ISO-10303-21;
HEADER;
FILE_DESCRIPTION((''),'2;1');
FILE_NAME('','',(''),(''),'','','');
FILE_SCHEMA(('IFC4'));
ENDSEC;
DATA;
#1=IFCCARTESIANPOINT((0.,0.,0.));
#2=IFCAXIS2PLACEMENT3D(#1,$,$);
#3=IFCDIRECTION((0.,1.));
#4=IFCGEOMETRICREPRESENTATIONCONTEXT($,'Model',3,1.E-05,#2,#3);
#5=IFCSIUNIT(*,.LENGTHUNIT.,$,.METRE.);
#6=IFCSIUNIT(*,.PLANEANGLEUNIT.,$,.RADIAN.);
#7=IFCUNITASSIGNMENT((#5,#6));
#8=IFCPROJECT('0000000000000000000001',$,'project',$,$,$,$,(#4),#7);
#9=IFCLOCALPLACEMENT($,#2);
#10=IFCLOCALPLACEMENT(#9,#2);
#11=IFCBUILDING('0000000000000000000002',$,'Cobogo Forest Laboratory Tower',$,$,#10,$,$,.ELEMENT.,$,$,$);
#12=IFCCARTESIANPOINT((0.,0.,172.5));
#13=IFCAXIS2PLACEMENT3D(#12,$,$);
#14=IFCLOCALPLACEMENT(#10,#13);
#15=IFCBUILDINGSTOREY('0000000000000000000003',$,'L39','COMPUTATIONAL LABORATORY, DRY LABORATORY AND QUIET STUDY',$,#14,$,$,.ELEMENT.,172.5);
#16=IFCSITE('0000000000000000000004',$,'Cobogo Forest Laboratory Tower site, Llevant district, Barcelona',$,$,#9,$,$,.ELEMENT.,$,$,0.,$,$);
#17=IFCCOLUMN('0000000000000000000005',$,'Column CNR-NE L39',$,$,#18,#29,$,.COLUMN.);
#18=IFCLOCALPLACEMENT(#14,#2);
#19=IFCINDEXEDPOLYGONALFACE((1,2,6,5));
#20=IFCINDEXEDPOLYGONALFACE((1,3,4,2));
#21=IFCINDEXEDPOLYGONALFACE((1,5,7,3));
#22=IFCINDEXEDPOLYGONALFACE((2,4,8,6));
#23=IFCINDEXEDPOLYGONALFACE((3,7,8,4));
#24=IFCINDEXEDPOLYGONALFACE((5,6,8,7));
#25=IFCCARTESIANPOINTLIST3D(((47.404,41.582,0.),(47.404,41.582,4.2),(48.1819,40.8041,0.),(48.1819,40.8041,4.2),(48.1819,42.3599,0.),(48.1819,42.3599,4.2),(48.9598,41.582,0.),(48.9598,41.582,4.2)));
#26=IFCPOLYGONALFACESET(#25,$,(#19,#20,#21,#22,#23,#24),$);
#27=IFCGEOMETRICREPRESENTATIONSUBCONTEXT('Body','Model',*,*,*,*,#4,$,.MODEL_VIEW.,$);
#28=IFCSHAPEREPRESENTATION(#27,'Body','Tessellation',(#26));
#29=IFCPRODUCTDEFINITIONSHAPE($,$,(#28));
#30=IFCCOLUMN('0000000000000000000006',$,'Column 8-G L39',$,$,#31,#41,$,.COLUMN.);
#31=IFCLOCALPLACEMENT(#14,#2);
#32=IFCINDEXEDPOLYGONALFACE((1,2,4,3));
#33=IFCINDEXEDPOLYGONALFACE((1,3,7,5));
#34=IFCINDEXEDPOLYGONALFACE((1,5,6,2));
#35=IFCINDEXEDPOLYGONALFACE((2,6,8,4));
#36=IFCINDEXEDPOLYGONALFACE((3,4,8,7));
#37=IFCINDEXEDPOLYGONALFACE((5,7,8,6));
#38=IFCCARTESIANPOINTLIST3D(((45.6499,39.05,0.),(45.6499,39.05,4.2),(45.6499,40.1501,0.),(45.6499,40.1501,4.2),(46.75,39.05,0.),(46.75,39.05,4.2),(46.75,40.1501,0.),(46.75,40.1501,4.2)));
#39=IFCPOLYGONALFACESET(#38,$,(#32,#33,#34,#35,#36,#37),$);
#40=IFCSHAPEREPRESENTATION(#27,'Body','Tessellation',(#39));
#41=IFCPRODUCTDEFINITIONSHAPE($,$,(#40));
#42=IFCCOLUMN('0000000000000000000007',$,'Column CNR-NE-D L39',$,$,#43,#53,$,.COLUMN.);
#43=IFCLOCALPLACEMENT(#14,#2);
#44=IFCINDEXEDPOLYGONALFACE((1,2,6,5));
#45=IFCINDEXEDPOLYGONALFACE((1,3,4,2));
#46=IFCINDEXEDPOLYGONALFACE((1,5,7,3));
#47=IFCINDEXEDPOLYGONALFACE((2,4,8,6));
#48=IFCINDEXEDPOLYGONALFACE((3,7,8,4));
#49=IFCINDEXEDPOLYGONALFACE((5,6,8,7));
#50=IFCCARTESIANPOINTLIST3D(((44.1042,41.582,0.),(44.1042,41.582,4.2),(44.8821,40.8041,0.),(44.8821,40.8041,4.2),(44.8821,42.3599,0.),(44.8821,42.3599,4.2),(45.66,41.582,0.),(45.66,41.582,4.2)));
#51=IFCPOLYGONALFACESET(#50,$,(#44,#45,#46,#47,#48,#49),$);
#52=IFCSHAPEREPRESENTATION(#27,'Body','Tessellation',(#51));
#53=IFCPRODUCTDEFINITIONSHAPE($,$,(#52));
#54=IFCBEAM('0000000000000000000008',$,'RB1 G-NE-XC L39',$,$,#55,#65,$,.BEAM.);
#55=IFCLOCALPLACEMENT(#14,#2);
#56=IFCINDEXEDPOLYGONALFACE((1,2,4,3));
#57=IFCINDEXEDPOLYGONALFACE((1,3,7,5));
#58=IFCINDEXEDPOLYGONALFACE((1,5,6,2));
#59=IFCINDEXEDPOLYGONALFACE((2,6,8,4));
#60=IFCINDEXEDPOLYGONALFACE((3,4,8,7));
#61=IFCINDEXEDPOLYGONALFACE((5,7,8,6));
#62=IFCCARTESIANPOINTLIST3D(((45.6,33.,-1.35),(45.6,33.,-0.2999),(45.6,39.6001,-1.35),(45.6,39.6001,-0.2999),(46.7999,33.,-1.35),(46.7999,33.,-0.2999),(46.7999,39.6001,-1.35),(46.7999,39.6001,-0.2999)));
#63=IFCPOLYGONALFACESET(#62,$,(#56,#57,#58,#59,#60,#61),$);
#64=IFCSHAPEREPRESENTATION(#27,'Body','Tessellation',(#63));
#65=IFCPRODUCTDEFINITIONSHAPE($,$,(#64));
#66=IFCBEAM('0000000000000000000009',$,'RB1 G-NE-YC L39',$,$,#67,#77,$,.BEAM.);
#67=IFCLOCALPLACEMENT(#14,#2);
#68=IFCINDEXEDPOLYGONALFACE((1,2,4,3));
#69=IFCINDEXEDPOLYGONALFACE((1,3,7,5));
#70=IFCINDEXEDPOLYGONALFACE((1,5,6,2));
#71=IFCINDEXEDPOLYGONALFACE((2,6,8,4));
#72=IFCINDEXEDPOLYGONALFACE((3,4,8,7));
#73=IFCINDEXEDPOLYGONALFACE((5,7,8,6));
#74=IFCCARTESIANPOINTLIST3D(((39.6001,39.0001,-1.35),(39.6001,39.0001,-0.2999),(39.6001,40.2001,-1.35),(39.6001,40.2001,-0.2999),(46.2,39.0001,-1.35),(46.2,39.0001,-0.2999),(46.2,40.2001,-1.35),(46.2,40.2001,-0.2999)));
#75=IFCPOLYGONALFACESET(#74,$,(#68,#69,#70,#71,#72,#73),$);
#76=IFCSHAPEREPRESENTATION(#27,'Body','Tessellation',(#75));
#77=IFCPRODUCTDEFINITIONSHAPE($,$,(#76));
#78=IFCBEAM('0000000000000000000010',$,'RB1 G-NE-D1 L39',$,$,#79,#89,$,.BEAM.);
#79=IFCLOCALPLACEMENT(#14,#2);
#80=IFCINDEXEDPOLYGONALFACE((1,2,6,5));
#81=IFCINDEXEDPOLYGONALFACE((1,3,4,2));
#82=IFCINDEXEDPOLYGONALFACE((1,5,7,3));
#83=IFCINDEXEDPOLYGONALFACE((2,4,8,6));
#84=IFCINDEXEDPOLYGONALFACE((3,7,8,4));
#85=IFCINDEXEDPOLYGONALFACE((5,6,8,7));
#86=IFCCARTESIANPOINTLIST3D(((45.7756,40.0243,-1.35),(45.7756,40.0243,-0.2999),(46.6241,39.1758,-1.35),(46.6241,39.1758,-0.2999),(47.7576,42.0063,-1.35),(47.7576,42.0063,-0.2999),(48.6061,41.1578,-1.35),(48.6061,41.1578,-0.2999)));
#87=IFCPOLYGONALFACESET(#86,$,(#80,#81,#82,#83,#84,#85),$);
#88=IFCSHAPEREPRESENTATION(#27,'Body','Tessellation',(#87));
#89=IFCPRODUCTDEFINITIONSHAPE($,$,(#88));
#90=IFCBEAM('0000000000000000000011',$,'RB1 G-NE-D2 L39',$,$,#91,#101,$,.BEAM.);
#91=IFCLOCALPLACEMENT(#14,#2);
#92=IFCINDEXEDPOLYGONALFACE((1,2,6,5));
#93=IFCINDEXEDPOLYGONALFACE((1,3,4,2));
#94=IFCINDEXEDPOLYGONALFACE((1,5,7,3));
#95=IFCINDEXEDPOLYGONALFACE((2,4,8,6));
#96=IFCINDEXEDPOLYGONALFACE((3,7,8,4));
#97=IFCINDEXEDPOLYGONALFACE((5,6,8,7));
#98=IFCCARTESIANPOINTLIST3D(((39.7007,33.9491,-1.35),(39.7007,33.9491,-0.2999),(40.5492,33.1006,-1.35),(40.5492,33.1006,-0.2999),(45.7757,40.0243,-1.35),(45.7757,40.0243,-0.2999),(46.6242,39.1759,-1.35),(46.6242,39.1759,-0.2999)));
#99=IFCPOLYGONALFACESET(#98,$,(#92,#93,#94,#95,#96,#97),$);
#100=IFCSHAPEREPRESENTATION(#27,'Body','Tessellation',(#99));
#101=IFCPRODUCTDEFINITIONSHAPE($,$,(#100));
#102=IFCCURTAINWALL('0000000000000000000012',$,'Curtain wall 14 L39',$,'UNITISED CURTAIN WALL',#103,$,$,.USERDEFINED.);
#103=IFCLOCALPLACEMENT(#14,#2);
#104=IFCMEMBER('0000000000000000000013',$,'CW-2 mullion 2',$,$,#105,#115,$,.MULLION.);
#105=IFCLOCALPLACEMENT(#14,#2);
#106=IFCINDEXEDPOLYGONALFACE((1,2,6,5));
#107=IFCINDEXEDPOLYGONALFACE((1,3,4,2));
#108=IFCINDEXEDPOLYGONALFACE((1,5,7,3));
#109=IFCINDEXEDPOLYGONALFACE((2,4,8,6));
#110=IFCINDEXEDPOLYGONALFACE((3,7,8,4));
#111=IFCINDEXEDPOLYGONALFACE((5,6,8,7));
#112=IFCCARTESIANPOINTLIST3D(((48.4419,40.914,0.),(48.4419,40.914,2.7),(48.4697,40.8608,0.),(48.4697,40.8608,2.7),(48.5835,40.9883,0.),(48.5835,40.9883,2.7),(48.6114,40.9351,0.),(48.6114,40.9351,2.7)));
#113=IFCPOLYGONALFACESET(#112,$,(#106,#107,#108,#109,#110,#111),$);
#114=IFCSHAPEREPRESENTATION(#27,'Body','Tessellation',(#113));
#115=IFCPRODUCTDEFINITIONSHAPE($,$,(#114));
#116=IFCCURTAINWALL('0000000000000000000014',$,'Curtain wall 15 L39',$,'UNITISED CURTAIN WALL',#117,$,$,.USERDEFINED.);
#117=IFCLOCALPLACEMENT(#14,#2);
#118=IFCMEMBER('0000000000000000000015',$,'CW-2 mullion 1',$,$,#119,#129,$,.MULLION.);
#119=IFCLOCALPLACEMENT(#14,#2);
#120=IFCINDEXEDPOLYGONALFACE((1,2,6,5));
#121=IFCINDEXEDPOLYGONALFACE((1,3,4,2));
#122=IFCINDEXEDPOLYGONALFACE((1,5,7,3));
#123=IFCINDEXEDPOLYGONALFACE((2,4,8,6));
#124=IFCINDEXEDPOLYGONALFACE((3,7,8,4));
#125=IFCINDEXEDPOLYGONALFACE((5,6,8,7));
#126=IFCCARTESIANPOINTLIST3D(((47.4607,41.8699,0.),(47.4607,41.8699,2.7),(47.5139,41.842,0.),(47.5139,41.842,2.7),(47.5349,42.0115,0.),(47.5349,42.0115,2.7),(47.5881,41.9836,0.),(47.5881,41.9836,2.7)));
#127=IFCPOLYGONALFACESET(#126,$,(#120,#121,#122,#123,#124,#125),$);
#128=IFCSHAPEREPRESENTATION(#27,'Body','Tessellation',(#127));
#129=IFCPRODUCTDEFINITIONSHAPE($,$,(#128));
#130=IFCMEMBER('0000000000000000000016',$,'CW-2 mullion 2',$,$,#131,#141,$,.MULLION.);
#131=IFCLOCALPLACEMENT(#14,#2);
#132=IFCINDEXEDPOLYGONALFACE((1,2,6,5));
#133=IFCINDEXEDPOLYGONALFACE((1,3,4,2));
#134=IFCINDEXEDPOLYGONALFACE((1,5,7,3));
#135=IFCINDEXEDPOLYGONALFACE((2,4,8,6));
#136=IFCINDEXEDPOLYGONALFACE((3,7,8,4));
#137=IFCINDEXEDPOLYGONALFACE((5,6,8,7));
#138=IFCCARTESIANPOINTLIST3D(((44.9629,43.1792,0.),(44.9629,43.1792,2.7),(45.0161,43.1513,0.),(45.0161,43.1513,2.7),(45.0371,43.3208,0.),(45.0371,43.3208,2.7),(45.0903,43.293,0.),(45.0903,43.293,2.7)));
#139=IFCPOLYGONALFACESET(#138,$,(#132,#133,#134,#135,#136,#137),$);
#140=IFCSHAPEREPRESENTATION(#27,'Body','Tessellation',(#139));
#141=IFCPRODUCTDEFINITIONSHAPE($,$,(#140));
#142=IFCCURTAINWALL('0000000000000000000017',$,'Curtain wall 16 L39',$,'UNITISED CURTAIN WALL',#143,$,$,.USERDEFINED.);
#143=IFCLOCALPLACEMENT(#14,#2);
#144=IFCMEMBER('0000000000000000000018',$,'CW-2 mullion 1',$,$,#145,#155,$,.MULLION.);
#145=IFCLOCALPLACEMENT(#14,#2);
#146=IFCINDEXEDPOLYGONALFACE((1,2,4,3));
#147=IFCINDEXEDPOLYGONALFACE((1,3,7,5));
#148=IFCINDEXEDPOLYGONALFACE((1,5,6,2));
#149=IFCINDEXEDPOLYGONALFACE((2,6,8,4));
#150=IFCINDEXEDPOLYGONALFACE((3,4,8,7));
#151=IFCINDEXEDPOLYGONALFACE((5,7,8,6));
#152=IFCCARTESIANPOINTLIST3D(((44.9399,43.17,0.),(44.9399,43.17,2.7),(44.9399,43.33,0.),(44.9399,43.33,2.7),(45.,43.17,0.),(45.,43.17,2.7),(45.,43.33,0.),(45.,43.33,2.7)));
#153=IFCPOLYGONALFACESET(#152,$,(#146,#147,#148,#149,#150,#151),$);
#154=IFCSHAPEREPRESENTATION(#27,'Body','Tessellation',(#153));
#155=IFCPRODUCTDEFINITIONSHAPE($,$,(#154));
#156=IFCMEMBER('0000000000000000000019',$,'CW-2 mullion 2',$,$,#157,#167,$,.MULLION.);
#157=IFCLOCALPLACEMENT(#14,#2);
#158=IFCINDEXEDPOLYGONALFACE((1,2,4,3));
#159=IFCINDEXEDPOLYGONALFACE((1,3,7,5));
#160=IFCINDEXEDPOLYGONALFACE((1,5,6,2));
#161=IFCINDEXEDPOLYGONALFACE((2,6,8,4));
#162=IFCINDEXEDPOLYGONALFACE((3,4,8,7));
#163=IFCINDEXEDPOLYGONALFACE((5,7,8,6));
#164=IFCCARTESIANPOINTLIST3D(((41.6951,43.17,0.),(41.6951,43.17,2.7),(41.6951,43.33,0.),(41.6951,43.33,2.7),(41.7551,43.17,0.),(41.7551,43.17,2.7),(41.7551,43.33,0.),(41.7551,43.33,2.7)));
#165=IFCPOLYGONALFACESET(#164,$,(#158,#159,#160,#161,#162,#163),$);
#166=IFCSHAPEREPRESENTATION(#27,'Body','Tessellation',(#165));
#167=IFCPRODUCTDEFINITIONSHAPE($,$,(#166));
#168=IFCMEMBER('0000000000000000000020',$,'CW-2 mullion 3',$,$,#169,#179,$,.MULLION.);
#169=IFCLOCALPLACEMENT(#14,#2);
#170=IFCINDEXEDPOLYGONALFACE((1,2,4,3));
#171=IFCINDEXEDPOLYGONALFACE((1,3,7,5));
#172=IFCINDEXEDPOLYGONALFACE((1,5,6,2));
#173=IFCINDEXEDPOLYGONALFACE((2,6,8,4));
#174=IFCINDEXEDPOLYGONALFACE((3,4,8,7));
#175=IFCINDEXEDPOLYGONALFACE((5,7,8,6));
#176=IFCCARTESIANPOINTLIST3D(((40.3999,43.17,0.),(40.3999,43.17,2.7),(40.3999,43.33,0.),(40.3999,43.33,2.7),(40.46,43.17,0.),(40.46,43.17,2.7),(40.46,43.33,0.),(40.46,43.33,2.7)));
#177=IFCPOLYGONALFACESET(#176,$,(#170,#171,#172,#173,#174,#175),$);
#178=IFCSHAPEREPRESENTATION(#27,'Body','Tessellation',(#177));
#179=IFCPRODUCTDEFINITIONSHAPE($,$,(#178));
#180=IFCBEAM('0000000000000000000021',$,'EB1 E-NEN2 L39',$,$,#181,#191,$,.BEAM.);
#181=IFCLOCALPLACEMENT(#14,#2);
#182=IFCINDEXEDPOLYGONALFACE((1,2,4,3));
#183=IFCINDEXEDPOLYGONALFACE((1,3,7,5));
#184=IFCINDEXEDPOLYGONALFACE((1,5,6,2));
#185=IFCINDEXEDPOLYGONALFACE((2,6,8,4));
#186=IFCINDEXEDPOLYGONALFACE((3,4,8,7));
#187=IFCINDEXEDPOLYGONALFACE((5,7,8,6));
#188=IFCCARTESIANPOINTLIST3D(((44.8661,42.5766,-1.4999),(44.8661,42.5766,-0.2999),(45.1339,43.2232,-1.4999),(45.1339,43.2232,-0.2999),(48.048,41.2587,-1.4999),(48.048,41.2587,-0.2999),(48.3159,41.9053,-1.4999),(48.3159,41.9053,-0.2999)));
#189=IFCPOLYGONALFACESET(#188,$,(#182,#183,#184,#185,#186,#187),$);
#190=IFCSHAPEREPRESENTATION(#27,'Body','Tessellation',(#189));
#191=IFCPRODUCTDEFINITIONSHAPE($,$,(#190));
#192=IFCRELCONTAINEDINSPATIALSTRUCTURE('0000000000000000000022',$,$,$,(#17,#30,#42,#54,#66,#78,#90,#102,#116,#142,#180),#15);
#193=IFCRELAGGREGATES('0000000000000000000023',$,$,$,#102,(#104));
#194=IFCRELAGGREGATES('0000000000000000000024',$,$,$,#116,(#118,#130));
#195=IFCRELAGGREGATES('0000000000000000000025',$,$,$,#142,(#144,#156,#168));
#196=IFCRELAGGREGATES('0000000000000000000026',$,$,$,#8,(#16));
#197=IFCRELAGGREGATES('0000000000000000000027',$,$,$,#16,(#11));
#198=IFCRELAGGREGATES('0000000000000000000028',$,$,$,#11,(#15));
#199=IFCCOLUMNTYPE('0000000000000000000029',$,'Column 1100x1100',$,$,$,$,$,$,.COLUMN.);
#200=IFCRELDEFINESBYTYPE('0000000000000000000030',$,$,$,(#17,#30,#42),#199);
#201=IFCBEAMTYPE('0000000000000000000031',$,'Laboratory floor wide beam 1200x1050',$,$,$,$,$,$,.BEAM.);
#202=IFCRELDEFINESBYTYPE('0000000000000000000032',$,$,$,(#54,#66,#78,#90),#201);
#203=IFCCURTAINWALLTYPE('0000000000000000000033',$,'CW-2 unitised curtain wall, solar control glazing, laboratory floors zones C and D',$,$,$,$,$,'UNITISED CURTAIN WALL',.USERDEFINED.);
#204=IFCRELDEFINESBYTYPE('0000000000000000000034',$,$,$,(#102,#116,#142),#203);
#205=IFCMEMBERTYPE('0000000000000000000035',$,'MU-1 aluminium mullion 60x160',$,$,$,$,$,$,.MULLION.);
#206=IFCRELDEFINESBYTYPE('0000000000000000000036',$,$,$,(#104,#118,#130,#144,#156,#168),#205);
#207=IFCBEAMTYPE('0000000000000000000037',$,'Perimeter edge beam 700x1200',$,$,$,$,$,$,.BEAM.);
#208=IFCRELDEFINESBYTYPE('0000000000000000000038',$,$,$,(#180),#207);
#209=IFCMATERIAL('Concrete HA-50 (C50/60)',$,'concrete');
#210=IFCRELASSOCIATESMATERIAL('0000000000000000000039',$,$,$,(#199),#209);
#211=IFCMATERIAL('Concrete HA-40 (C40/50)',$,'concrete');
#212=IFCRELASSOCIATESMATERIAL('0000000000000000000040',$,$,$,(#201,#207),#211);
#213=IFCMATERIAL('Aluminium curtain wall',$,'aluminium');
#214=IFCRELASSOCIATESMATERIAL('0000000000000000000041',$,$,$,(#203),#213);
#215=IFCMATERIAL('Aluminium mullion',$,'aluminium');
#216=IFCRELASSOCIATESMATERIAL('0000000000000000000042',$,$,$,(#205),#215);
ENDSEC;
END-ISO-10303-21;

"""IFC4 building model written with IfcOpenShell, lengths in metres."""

from ifc_helpers import new_model, si_unit, direction, frame, origin, origin_2d, place, context, subcontext, project, spatial, rectangle, extrude, material, material_profile, profile_set, type_object, element, aggregate, save


model = new_model("IFC4")

# Units and contexts
model_context = context("Model", 3, precision=1e-05, world=origin(), true_north=direction((0.0, 1.0)))
body_context = subcontext(model_context, "Body", "Model", "MODEL_VIEW")
ifc_project = project(units=[si_unit("LENGTHUNIT", "METRE"), si_unit("PLANEANGLEUNIT", "RADIAN")], contexts=[model_context])

# Site, building, storey
site_placement = place(None, origin())
site = spatial("IfcSite", under=ifc_project, at=site_placement, Name="Cobogo Forest Laboratory Tower site, Llevant district, Barcelona", CompositionType="ELEMENT", RefElevation=0.0)
building_placement = place(site_placement, origin())
building = spatial("IfcBuilding", under=site, at=building_placement, Name="Cobogo Forest Laboratory Tower", CompositionType="ELEMENT")
storey_placement = place(building_placement, frame((0.0, 0.0, 172.5)))
storey = spatial("IfcBuildingStorey", under=building, at=storey_placement, Name="L39", Description="COMPUTATIONAL LABORATORY, DRY LABORATORY AND QUIET STUDY", CompositionType="ELEMENT", Elevation=172.5)

# Columns
ifc_material_1 = material(Name="Concrete HA-50 (C50/60)", Category="concrete")
ifc_material_profile_1 = material_profile(ifc_material_1, rectangle(XDim=1.1001, YDim=1.1001, at=origin_2d()), Name="RC 1100x1100")
ifc_profile_set_1 = profile_set([ifc_material_profile_1], Name="Concrete HA-50 (C50/60)")
column_type = type_object("IfcColumnType", Name="Column 1100x1100", PredefinedType="COLUMN", material=ifc_profile_set_1)
for number, where, z_axis, x_axis, name in (
    (1, (48.1819, 41.582, 0.0), (0.0, 0.0, 1.0), (0.707107, 0.707107, 0.0), "Column CNR-NE L39"),
    (2, (46.2, 39.6001, 0.0), (0.0, 0.0, 1.0), (1.0, 0.0, 0.0), "Column 8-G L39"),
    (3, (44.8821, 41.582, 0.0), (0.0, 0.0, 1.0), (0.707107, 0.707107, 0.0), "Column CNR-NE-D L39"),
):
    element("IfcColumn", number, at=place(storey_placement, frame(where, z_axis=z_axis, x_axis=x_axis)), inside=storey, type_object=column_type, Name=name, PredefinedType="COLUMN", context=body_context, shape_type="SweptSolid", body=[
        extrude(rectangle(XDim=1.1001, YDim=1.1001, at=origin_2d()), origin(), (0.0, 0.0, 1.0), 4.2),
    ])

# Beams
ifc_material_2 = material(Name="Concrete HA-40 (C40/50)", Category="concrete")
ifc_material_profile_2 = material_profile(ifc_material_2, rectangle(XDim=1.2, YDim=1.05, at=origin_2d()), Name="RC 1200x1050")
ifc_profile_set_2 = profile_set([ifc_material_profile_2], Name="Concrete HA-40 (C40/50)")
beam_type_1 = type_object("IfcBeamType", Name="Laboratory floor wide beam 1200x1050", PredefinedType="BEAM", material=ifc_profile_set_2)
beam_1_placement = place(storey_placement, frame((46.2, 39.6001, -0.825), z_axis=(0.0, -1.0, 0.0), x_axis=(1.0, 0.0, 0.0)))
element("IfcBeam", 4, at=beam_1_placement, inside=storey, type_object=beam_type_1, Name="RB1 G-NE-XC L39", PredefinedType="BEAM", context=body_context, shape_type="SweptSolid", body=[
    extrude(rectangle(XDim=1.2, YDim=1.05, at=origin_2d()), origin(), (0.0, 0.0, 1.0), 6.6001),
])
beam_2_placement = place(storey_placement, frame((46.2, 39.6001, -0.825), z_axis=(-1.0, 0.0, 0.0), x_axis=(0.0, -1.0, 0.0)))
element("IfcBeam", 5, at=beam_2_placement, inside=storey, type_object=beam_type_1, Name="RB1 G-NE-YC L39", PredefinedType="BEAM", context=body_context, shape_type="SweptSolid", body=[
    extrude(rectangle(XDim=1.2, YDim=1.05, at=origin_2d()), origin(), (0.0, 0.0, 1.0), 6.5999),
])
beam_3_placement = place(storey_placement, frame((48.1819, 41.582, -0.825), z_axis=(-0.707107, -0.707107, 0.0), x_axis=(0.707107, -0.707107, 0.0)))
element("IfcBeam", 6, at=beam_3_placement, inside=storey, type_object=beam_type_1, Name="RB1 G-NE-D1 L39", PredefinedType="BEAM", context=body_context, shape_type="SweptSolid", body=[
    extrude(rectangle(XDim=1.2, YDim=1.05, at=origin_2d()), origin(), (0.0, 0.0, 1.0), 2.803),
])
beam_4_placement = place(storey_placement, frame((46.2, 39.6001, -0.825), z_axis=(-0.707093, -0.707121, 0.0), x_axis=(0.707121, -0.707093, 0.0)))
element("IfcBeam", 7, at=beam_4_placement, inside=storey, type_object=beam_type_1, Name="RB1 G-NE-D2 L39", PredefinedType="BEAM", context=body_context, shape_type="SweptSolid", body=[
    extrude(rectangle(XDim=1.2, YDim=1.05, at=origin_2d()), origin(), (0.0, 0.0, 1.0), 8.5916),
])

# Curtain wall, member
ifc_material_3 = material(Name="Aluminium curtain wall", Category="aluminium")
curtain_wall_type = type_object("IfcCurtainWallType", Name="CW-2 unitised curtain wall, solar control glazing, laboratory floors zones C and D", ElementType="UNITISED CURTAIN WALL", PredefinedType="USERDEFINED", material=ifc_material_3)
curtain_wall_1_placement = place(storey_placement, origin())
curtain_wall_1 = element("IfcCurtainWall", 8, at=curtain_wall_1_placement, inside=storey, type_object=curtain_wall_type, Name="Curtain wall 14 L39", ObjectType="UNITISED CURTAIN WALL", PredefinedType="USERDEFINED")
ifc_material_4 = material(Name="Aluminium mullion", Category="aluminium")
ifc_material_profile_3 = material_profile(ifc_material_4, rectangle(XDim=0.0601, YDim=0.1599, at=origin_2d()), Name="AL 60x160")
ifc_profile_set_3 = profile_set([ifc_material_profile_3], Name="Aluminium mullion")
member_type_1 = type_object("IfcMemberType", Name="MU-1 aluminium mullion 60x160", PredefinedType="MULLION", material=ifc_profile_set_3)
member_1_placement = place(storey_placement, frame((48.5266, 40.9246, 0.0), z_axis=(0.0, 0.0, 1.0), x_axis=(-0.464284, 0.885686, 0.0)))
member_1 = element("IfcMember", 9, at=member_1_placement, type_object=member_type_1, Name="CW-2 mullion 2", PredefinedType="MULLION", context=body_context, shape_type="SweptSolid", body=[
    extrude(rectangle(XDim=0.0601, YDim=0.1599, at=origin_2d()), origin(), (0.0, 0.0, 1.0), 2.7),
])

# Curtain walls, members
curtain_wall_2_placement = place(storey_placement, origin())
curtain_wall_2 = element("IfcCurtainWall", 10, at=curtain_wall_2_placement, inside=storey, type_object=curtain_wall_type, Name="Curtain wall 15 L39", ObjectType="UNITISED CURTAIN WALL", PredefinedType="USERDEFINED")
member_2_placement = place(storey_placement, frame((47.5244, 41.9268, 0.0), z_axis=(0.0, 0.0, 1.0), x_axis=(-0.885686, 0.464284, 0.0)))
member_2 = element("IfcMember", 11, at=member_2_placement, type_object=member_type_1, Name="CW-2 mullion 1", PredefinedType="MULLION", context=body_context, shape_type="SweptSolid", body=[
    extrude(rectangle(XDim=0.0601, YDim=0.1599, at=origin_2d()), origin(), (0.0, 0.0, 1.0), 2.7),
])
member_3_placement = place(storey_placement, frame((45.0266, 43.2361, 0.0), z_axis=(0.0, 0.0, 1.0), x_axis=(-0.885686, 0.464284, 0.0)))
member_3 = element("IfcMember", 12, at=member_3_placement, type_object=member_type_1, Name="CW-2 mullion 2", PredefinedType="MULLION", context=body_context, shape_type="SweptSolid", body=[
    extrude(rectangle(XDim=0.0601, YDim=0.1599, at=origin_2d()), origin(), (0.0, 0.0, 1.0), 2.7),
])
curtain_wall_3_placement = place(storey_placement, origin())
curtain_wall_3 = element("IfcCurtainWall", 13, at=curtain_wall_3_placement, inside=storey, type_object=curtain_wall_type, Name="Curtain wall 16 L39", ObjectType="UNITISED CURTAIN WALL", PredefinedType="USERDEFINED")
member_4_placement = place(storey_placement, frame((44.97, 43.25, 0.0), z_axis=(0.0, 0.0, 1.0), x_axis=(-1.0, 0.0, 0.0)))
member_4 = element("IfcMember", 14, at=member_4_placement, type_object=member_type_1, Name="CW-2 mullion 1", PredefinedType="MULLION", context=body_context, shape_type="SweptSolid", body=[
    extrude(rectangle(XDim=0.0601, YDim=0.1599, at=origin_2d()), origin(), (0.0, 0.0, 1.0), 2.7),
])
member_5_placement = place(storey_placement, frame((41.7251, 43.25, 0.0), z_axis=(0.0, 0.0, 1.0), x_axis=(-1.0, 0.0, 0.0)))
member_5 = element("IfcMember", 15, at=member_5_placement, type_object=member_type_1, Name="CW-2 mullion 2", PredefinedType="MULLION", context=body_context, shape_type="SweptSolid", body=[
    extrude(rectangle(XDim=0.0601, YDim=0.1599, at=origin_2d()), origin(), (0.0, 0.0, 1.0), 2.7),
])
member_6_placement = place(storey_placement, frame((40.4299, 43.25, 0.0), z_axis=(0.0, 0.0, 1.0), x_axis=(-1.0, 0.0, 0.0)))
member_6 = element("IfcMember", 16, at=member_6_placement, type_object=member_type_1, Name="CW-2 mullion 3", PredefinedType="MULLION", context=body_context, shape_type="SweptSolid", body=[
    extrude(rectangle(XDim=0.0601, YDim=0.1599, at=origin_2d()), origin(), (0.0, 0.0, 1.0), 2.7),
])

# Beam
ifc_material_profile_4 = material_profile(ifc_material_2, rectangle(XDim=0.7, YDim=1.2, at=origin_2d()), Name="RC 700x1200")
ifc_profile_set_4 = profile_set([ifc_material_profile_4], Name="Concrete HA-40 (C40/50)")
beam_type_2 = type_object("IfcBeamType", Name="Perimeter edge beam 700x1200", PredefinedType="BEAM", material=ifc_profile_set_4)
beam_5_placement = place(storey_placement, frame((45.0, 42.8999, -0.8999), z_axis=(0.923891, -0.382656, 0.0), x_axis=(0.382656, 0.923891, 0.0)))
element("IfcBeam", 17, at=beam_5_placement, inside=storey, type_object=beam_type_2, Name="EB1 E-NEN2 L39", PredefinedType="BEAM", context=body_context, shape_type="SweptSolid", body=[
    extrude(rectangle(XDim=0.7, YDim=1.2, at=origin_2d()), origin(), (0.0, 0.0, 1.0), 3.4441),
])

aggregate(curtain_wall_1, [member_1])
aggregate(curtain_wall_2, [member_2, member_3])
aggregate(curtain_wall_3, [member_4, member_5, member_6])

save(model, "model.ifc")
